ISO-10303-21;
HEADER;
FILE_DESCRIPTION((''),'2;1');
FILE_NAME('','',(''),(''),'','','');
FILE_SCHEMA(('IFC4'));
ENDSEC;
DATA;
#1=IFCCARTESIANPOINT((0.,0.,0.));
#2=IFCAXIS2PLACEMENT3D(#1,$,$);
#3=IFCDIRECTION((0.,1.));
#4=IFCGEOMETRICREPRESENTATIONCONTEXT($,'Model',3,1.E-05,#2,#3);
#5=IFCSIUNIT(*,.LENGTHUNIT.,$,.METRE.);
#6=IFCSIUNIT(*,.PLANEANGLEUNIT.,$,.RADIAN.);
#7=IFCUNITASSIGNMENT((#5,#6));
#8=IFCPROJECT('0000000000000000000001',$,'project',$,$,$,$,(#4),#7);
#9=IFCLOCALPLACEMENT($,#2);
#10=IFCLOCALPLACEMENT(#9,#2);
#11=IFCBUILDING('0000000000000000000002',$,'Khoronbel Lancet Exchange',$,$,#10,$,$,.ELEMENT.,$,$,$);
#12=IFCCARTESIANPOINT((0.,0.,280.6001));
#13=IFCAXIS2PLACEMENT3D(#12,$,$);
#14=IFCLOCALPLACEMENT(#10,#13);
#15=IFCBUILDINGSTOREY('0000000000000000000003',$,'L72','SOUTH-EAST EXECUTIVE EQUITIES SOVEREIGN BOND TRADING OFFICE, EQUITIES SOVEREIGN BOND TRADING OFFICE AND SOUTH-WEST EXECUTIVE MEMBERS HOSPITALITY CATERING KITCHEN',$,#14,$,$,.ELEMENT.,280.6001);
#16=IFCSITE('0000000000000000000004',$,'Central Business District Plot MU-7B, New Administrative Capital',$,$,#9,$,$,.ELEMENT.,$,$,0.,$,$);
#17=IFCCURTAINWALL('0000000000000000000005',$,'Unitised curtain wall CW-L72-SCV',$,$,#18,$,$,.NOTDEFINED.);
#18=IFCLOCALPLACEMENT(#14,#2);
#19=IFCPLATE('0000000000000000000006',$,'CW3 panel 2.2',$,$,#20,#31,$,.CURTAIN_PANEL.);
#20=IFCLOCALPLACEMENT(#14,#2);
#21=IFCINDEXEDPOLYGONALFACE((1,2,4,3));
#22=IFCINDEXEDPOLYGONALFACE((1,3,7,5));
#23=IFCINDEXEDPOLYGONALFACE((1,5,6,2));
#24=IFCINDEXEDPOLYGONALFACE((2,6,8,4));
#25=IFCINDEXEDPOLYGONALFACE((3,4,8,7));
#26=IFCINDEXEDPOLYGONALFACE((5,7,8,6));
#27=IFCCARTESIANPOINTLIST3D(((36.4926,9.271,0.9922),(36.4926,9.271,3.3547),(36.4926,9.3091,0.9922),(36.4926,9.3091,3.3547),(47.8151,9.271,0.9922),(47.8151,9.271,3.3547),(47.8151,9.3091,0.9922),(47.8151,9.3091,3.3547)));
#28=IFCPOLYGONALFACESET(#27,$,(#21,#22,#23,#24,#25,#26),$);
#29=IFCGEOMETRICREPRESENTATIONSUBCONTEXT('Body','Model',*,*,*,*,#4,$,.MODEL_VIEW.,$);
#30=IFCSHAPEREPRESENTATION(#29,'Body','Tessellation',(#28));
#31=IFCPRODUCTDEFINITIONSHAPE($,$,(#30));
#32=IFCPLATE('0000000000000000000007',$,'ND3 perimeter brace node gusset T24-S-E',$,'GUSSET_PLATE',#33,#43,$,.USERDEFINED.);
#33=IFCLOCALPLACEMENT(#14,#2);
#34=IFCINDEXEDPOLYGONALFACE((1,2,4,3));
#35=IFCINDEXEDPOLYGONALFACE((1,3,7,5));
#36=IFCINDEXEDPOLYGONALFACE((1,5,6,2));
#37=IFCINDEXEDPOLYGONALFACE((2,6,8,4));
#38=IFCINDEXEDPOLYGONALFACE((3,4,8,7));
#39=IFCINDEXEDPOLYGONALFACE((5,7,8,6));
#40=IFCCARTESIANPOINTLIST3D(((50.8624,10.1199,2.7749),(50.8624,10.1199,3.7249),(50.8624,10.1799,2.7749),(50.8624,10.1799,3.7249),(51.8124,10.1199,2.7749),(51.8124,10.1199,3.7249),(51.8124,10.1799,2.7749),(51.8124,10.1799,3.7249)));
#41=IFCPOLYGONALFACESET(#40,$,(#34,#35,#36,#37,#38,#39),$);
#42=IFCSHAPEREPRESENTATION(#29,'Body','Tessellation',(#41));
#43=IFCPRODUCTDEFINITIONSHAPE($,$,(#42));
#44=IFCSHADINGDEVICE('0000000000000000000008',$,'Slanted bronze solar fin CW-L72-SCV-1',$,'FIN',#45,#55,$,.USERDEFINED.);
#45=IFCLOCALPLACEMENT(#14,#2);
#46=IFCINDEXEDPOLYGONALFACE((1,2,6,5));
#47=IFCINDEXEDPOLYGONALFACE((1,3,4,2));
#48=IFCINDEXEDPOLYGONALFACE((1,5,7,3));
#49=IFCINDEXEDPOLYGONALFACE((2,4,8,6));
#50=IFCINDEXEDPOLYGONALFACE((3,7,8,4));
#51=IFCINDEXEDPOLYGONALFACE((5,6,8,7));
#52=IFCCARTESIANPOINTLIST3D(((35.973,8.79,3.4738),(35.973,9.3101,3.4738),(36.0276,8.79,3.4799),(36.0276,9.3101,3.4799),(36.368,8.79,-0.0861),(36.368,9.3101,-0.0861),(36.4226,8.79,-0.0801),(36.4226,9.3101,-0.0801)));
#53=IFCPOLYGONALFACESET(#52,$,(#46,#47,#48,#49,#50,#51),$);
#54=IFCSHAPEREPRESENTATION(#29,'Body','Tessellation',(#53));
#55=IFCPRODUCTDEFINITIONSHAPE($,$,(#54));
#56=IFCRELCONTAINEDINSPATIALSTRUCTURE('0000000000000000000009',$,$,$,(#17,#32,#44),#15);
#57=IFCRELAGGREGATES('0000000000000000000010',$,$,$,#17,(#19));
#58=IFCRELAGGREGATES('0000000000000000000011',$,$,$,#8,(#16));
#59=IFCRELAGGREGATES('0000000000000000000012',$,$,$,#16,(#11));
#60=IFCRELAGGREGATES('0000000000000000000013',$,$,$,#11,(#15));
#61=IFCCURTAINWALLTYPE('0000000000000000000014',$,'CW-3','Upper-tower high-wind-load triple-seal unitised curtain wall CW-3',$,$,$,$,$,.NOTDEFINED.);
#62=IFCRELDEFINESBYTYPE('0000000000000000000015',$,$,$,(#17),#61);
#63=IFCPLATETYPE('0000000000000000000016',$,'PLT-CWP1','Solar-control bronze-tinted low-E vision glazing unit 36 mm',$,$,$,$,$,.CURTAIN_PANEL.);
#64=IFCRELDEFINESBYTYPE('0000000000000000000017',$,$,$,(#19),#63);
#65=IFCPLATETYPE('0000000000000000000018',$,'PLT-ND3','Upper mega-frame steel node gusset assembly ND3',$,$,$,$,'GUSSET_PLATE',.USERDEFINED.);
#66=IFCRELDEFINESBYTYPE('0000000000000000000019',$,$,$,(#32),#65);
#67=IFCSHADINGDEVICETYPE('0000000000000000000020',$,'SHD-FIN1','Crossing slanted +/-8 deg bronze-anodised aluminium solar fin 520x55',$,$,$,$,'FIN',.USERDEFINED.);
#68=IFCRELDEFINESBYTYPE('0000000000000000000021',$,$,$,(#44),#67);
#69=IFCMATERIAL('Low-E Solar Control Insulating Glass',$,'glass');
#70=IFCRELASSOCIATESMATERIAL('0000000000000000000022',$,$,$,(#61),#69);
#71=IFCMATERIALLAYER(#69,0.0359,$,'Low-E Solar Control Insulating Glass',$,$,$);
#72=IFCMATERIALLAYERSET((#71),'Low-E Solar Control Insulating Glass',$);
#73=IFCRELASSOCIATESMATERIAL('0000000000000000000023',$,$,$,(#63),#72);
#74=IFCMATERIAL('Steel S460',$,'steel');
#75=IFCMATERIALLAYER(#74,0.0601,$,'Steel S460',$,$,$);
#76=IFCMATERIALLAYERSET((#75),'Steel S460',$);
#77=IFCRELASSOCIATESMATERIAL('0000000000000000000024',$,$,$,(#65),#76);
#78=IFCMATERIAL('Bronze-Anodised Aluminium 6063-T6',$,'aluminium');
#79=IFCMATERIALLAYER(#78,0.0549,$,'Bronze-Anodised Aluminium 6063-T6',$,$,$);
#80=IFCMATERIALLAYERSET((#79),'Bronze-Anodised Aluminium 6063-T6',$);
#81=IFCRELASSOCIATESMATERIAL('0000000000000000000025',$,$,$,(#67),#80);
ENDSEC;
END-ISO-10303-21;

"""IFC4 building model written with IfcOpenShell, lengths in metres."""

from ifc_helpers import new_model, si_unit, direction, frame, origin, origin_2d, place, context, subcontext, project, spatial, polyline, rectangle, outline, extrude, material, layer, layer_set, type_object, element, aggregate, save


model = new_model("IFC4")

# Units and contexts
model_context = context("Model", 3, precision=1e-05, world=origin(), true_north=direction((0.0, 1.0)))
body_context = subcontext(model_context, "Body", "Model", "MODEL_VIEW")
ifc_project = project(units=[si_unit("LENGTHUNIT", "METRE"), si_unit("PLANEANGLEUNIT", "RADIAN")], contexts=[model_context])

# Site, building, storey
site_placement = place(None, origin())
site = spatial("IfcSite", under=ifc_project, at=site_placement, Name="Central Business District Plot MU-7B, New Administrative Capital", CompositionType="ELEMENT", RefElevation=0.0)
building_placement = place(site_placement, origin())
building = spatial("IfcBuilding", under=site, at=building_placement, Name="Khoronbel Lancet Exchange", CompositionType="ELEMENT")
storey_placement = place(building_placement, frame((0.0, 0.0, 280.6001)))
storey = spatial("IfcBuildingStorey", under=building, at=storey_placement, Name="L72", Description="SOUTH-EAST EXECUTIVE EQUITIES SOVEREIGN BOND TRADING OFFICE, EQUITIES SOVEREIGN BOND TRADING OFFICE AND SOUTH-WEST EXECUTIVE MEMBERS HOSPITALITY CATERING KITCHEN", CompositionType="ELEMENT", Elevation=280.6001)

# Shared definitions
ifc_material_1 = material(Name="Steel S460", Category="steel")

# Curtain wall
ifc_material_2 = material(Name="Low-E Solar Control Insulating Glass", Category="glass")
curtain_wall_type = type_object("IfcCurtainWallType", Name="CW-3", Description="Upper-tower high-wind-load triple-seal unitised curtain wall CW-3", PredefinedType="NOTDEFINED", material=ifc_material_2)
curtain_wall_1_placement = place(storey_placement, origin())
curtain_wall_1 = element("IfcCurtainWall", 1, at=curtain_wall_1_placement, inside=storey, type_object=curtain_wall_type, Name="Unitised curtain wall CW-L72-SCV", PredefinedType="NOTDEFINED")
ifc_material_3 = material(Name="Bronze-Anodised Aluminium 6063-T6", Category="aluminium")

# Plates
ifc_layer_1 = layer(ifc_material_2, 0.0359, Name="Low-E Solar Control Insulating Glass")
ifc_layer_set_1 = layer_set([ifc_layer_1], Name="Low-E Solar Control Insulating Glass")
plate_type_1 = type_object("IfcPlateType", Name="PLT-CWP1", Description="Solar-control bronze-tinted low-E vision glazing unit 36 mm", PredefinedType="CURTAIN_PANEL", material=ifc_layer_set_1)
plate_1_placement = place(storey_placement, frame((42.1538, 9.29, 0.9922), z_axis=(0.0, 0.0, 1.0), x_axis=(1.0, 0.0, 0.0)))
plate_1 = element("IfcPlate", 2, at=plate_1_placement, type_object=plate_type_1, Name="CW3 panel 2.2", PredefinedType="CURTAIN_PANEL", context=body_context, shape_type="SweptSolid", body=[
    extrude(rectangle(XDim=11.3225, YDim=0.0381, at=origin_2d()), origin(), (0.0, 0.0, 1.0), 2.3625),
])
aggregate(curtain_wall_1, [plate_1])
ifc_layer_2 = layer(ifc_material_1, 0.0601, Name="Steel S460")
ifc_layer_set_2 = layer_set([ifc_layer_2], Name="Steel S460")
plate_type_2 = type_object("IfcPlateType", Name="PLT-ND3", Description="Upper mega-frame steel node gusset assembly ND3", ElementType="GUSSET_PLATE", PredefinedType="USERDEFINED", material=ifc_layer_set_2)
plate_2_placement = place(storey_placement, frame((51.3374, 10.1499, 2.7749), z_axis=(0.0, 0.0, 1.0), x_axis=(1.0, 0.0, 0.0)))
element("IfcPlate", 3, at=plate_2_placement, inside=storey, type_object=plate_type_2, Name="ND3 perimeter brace node gusset T24-S-E", ObjectType="GUSSET_PLATE", PredefinedType="USERDEFINED", context=body_context, shape_type="SweptSolid", body=[
    extrude(rectangle(XDim=0.95, YDim=0.0601, at=origin_2d()), origin(), (0.0, 0.0, 1.0), 0.95),
])

# Shading device
ifc_layer_3 = layer(ifc_material_3, 0.0549, Name="Bronze-Anodised Aluminium 6063-T6")
ifc_layer_set_3 = layer_set([ifc_layer_3], Name="Bronze-Anodised Aluminium 6063-T6")
shading_device_type = type_object("IfcShadingDeviceType", Name="SHD-FIN1", Description="Crossing slanted +/-8 deg bronze-anodised aluminium solar fin 520x55", ElementType="FIN", PredefinedType="USERDEFINED", material=ifc_layer_set_3)
shading_device_placement = place(storey_placement, frame((36.4226, 9.3101, -0.0801), z_axis=(0.9939, 0.0, 0.110282), x_axis=(0.0, -1.0, 0.0)))
element("IfcShadingDevice", 4, at=shading_device_placement, inside=storey, type_object=shading_device_type, Name="Slanted bronze solar fin CW-L72-SCV-1", ObjectType="FIN", PredefinedType="USERDEFINED", context=body_context, shape_type="SweptSolid", body=[
    extrude(outline(polyline([(0.0, 0.0), (0.52, 0.0), (0.52, -3.5818), (0.0, -3.5818), (0.0, 0.0)])), origin(), (0.0, 0.0, -1.0), 0.0549),
])

save(model, "model.ifc")
